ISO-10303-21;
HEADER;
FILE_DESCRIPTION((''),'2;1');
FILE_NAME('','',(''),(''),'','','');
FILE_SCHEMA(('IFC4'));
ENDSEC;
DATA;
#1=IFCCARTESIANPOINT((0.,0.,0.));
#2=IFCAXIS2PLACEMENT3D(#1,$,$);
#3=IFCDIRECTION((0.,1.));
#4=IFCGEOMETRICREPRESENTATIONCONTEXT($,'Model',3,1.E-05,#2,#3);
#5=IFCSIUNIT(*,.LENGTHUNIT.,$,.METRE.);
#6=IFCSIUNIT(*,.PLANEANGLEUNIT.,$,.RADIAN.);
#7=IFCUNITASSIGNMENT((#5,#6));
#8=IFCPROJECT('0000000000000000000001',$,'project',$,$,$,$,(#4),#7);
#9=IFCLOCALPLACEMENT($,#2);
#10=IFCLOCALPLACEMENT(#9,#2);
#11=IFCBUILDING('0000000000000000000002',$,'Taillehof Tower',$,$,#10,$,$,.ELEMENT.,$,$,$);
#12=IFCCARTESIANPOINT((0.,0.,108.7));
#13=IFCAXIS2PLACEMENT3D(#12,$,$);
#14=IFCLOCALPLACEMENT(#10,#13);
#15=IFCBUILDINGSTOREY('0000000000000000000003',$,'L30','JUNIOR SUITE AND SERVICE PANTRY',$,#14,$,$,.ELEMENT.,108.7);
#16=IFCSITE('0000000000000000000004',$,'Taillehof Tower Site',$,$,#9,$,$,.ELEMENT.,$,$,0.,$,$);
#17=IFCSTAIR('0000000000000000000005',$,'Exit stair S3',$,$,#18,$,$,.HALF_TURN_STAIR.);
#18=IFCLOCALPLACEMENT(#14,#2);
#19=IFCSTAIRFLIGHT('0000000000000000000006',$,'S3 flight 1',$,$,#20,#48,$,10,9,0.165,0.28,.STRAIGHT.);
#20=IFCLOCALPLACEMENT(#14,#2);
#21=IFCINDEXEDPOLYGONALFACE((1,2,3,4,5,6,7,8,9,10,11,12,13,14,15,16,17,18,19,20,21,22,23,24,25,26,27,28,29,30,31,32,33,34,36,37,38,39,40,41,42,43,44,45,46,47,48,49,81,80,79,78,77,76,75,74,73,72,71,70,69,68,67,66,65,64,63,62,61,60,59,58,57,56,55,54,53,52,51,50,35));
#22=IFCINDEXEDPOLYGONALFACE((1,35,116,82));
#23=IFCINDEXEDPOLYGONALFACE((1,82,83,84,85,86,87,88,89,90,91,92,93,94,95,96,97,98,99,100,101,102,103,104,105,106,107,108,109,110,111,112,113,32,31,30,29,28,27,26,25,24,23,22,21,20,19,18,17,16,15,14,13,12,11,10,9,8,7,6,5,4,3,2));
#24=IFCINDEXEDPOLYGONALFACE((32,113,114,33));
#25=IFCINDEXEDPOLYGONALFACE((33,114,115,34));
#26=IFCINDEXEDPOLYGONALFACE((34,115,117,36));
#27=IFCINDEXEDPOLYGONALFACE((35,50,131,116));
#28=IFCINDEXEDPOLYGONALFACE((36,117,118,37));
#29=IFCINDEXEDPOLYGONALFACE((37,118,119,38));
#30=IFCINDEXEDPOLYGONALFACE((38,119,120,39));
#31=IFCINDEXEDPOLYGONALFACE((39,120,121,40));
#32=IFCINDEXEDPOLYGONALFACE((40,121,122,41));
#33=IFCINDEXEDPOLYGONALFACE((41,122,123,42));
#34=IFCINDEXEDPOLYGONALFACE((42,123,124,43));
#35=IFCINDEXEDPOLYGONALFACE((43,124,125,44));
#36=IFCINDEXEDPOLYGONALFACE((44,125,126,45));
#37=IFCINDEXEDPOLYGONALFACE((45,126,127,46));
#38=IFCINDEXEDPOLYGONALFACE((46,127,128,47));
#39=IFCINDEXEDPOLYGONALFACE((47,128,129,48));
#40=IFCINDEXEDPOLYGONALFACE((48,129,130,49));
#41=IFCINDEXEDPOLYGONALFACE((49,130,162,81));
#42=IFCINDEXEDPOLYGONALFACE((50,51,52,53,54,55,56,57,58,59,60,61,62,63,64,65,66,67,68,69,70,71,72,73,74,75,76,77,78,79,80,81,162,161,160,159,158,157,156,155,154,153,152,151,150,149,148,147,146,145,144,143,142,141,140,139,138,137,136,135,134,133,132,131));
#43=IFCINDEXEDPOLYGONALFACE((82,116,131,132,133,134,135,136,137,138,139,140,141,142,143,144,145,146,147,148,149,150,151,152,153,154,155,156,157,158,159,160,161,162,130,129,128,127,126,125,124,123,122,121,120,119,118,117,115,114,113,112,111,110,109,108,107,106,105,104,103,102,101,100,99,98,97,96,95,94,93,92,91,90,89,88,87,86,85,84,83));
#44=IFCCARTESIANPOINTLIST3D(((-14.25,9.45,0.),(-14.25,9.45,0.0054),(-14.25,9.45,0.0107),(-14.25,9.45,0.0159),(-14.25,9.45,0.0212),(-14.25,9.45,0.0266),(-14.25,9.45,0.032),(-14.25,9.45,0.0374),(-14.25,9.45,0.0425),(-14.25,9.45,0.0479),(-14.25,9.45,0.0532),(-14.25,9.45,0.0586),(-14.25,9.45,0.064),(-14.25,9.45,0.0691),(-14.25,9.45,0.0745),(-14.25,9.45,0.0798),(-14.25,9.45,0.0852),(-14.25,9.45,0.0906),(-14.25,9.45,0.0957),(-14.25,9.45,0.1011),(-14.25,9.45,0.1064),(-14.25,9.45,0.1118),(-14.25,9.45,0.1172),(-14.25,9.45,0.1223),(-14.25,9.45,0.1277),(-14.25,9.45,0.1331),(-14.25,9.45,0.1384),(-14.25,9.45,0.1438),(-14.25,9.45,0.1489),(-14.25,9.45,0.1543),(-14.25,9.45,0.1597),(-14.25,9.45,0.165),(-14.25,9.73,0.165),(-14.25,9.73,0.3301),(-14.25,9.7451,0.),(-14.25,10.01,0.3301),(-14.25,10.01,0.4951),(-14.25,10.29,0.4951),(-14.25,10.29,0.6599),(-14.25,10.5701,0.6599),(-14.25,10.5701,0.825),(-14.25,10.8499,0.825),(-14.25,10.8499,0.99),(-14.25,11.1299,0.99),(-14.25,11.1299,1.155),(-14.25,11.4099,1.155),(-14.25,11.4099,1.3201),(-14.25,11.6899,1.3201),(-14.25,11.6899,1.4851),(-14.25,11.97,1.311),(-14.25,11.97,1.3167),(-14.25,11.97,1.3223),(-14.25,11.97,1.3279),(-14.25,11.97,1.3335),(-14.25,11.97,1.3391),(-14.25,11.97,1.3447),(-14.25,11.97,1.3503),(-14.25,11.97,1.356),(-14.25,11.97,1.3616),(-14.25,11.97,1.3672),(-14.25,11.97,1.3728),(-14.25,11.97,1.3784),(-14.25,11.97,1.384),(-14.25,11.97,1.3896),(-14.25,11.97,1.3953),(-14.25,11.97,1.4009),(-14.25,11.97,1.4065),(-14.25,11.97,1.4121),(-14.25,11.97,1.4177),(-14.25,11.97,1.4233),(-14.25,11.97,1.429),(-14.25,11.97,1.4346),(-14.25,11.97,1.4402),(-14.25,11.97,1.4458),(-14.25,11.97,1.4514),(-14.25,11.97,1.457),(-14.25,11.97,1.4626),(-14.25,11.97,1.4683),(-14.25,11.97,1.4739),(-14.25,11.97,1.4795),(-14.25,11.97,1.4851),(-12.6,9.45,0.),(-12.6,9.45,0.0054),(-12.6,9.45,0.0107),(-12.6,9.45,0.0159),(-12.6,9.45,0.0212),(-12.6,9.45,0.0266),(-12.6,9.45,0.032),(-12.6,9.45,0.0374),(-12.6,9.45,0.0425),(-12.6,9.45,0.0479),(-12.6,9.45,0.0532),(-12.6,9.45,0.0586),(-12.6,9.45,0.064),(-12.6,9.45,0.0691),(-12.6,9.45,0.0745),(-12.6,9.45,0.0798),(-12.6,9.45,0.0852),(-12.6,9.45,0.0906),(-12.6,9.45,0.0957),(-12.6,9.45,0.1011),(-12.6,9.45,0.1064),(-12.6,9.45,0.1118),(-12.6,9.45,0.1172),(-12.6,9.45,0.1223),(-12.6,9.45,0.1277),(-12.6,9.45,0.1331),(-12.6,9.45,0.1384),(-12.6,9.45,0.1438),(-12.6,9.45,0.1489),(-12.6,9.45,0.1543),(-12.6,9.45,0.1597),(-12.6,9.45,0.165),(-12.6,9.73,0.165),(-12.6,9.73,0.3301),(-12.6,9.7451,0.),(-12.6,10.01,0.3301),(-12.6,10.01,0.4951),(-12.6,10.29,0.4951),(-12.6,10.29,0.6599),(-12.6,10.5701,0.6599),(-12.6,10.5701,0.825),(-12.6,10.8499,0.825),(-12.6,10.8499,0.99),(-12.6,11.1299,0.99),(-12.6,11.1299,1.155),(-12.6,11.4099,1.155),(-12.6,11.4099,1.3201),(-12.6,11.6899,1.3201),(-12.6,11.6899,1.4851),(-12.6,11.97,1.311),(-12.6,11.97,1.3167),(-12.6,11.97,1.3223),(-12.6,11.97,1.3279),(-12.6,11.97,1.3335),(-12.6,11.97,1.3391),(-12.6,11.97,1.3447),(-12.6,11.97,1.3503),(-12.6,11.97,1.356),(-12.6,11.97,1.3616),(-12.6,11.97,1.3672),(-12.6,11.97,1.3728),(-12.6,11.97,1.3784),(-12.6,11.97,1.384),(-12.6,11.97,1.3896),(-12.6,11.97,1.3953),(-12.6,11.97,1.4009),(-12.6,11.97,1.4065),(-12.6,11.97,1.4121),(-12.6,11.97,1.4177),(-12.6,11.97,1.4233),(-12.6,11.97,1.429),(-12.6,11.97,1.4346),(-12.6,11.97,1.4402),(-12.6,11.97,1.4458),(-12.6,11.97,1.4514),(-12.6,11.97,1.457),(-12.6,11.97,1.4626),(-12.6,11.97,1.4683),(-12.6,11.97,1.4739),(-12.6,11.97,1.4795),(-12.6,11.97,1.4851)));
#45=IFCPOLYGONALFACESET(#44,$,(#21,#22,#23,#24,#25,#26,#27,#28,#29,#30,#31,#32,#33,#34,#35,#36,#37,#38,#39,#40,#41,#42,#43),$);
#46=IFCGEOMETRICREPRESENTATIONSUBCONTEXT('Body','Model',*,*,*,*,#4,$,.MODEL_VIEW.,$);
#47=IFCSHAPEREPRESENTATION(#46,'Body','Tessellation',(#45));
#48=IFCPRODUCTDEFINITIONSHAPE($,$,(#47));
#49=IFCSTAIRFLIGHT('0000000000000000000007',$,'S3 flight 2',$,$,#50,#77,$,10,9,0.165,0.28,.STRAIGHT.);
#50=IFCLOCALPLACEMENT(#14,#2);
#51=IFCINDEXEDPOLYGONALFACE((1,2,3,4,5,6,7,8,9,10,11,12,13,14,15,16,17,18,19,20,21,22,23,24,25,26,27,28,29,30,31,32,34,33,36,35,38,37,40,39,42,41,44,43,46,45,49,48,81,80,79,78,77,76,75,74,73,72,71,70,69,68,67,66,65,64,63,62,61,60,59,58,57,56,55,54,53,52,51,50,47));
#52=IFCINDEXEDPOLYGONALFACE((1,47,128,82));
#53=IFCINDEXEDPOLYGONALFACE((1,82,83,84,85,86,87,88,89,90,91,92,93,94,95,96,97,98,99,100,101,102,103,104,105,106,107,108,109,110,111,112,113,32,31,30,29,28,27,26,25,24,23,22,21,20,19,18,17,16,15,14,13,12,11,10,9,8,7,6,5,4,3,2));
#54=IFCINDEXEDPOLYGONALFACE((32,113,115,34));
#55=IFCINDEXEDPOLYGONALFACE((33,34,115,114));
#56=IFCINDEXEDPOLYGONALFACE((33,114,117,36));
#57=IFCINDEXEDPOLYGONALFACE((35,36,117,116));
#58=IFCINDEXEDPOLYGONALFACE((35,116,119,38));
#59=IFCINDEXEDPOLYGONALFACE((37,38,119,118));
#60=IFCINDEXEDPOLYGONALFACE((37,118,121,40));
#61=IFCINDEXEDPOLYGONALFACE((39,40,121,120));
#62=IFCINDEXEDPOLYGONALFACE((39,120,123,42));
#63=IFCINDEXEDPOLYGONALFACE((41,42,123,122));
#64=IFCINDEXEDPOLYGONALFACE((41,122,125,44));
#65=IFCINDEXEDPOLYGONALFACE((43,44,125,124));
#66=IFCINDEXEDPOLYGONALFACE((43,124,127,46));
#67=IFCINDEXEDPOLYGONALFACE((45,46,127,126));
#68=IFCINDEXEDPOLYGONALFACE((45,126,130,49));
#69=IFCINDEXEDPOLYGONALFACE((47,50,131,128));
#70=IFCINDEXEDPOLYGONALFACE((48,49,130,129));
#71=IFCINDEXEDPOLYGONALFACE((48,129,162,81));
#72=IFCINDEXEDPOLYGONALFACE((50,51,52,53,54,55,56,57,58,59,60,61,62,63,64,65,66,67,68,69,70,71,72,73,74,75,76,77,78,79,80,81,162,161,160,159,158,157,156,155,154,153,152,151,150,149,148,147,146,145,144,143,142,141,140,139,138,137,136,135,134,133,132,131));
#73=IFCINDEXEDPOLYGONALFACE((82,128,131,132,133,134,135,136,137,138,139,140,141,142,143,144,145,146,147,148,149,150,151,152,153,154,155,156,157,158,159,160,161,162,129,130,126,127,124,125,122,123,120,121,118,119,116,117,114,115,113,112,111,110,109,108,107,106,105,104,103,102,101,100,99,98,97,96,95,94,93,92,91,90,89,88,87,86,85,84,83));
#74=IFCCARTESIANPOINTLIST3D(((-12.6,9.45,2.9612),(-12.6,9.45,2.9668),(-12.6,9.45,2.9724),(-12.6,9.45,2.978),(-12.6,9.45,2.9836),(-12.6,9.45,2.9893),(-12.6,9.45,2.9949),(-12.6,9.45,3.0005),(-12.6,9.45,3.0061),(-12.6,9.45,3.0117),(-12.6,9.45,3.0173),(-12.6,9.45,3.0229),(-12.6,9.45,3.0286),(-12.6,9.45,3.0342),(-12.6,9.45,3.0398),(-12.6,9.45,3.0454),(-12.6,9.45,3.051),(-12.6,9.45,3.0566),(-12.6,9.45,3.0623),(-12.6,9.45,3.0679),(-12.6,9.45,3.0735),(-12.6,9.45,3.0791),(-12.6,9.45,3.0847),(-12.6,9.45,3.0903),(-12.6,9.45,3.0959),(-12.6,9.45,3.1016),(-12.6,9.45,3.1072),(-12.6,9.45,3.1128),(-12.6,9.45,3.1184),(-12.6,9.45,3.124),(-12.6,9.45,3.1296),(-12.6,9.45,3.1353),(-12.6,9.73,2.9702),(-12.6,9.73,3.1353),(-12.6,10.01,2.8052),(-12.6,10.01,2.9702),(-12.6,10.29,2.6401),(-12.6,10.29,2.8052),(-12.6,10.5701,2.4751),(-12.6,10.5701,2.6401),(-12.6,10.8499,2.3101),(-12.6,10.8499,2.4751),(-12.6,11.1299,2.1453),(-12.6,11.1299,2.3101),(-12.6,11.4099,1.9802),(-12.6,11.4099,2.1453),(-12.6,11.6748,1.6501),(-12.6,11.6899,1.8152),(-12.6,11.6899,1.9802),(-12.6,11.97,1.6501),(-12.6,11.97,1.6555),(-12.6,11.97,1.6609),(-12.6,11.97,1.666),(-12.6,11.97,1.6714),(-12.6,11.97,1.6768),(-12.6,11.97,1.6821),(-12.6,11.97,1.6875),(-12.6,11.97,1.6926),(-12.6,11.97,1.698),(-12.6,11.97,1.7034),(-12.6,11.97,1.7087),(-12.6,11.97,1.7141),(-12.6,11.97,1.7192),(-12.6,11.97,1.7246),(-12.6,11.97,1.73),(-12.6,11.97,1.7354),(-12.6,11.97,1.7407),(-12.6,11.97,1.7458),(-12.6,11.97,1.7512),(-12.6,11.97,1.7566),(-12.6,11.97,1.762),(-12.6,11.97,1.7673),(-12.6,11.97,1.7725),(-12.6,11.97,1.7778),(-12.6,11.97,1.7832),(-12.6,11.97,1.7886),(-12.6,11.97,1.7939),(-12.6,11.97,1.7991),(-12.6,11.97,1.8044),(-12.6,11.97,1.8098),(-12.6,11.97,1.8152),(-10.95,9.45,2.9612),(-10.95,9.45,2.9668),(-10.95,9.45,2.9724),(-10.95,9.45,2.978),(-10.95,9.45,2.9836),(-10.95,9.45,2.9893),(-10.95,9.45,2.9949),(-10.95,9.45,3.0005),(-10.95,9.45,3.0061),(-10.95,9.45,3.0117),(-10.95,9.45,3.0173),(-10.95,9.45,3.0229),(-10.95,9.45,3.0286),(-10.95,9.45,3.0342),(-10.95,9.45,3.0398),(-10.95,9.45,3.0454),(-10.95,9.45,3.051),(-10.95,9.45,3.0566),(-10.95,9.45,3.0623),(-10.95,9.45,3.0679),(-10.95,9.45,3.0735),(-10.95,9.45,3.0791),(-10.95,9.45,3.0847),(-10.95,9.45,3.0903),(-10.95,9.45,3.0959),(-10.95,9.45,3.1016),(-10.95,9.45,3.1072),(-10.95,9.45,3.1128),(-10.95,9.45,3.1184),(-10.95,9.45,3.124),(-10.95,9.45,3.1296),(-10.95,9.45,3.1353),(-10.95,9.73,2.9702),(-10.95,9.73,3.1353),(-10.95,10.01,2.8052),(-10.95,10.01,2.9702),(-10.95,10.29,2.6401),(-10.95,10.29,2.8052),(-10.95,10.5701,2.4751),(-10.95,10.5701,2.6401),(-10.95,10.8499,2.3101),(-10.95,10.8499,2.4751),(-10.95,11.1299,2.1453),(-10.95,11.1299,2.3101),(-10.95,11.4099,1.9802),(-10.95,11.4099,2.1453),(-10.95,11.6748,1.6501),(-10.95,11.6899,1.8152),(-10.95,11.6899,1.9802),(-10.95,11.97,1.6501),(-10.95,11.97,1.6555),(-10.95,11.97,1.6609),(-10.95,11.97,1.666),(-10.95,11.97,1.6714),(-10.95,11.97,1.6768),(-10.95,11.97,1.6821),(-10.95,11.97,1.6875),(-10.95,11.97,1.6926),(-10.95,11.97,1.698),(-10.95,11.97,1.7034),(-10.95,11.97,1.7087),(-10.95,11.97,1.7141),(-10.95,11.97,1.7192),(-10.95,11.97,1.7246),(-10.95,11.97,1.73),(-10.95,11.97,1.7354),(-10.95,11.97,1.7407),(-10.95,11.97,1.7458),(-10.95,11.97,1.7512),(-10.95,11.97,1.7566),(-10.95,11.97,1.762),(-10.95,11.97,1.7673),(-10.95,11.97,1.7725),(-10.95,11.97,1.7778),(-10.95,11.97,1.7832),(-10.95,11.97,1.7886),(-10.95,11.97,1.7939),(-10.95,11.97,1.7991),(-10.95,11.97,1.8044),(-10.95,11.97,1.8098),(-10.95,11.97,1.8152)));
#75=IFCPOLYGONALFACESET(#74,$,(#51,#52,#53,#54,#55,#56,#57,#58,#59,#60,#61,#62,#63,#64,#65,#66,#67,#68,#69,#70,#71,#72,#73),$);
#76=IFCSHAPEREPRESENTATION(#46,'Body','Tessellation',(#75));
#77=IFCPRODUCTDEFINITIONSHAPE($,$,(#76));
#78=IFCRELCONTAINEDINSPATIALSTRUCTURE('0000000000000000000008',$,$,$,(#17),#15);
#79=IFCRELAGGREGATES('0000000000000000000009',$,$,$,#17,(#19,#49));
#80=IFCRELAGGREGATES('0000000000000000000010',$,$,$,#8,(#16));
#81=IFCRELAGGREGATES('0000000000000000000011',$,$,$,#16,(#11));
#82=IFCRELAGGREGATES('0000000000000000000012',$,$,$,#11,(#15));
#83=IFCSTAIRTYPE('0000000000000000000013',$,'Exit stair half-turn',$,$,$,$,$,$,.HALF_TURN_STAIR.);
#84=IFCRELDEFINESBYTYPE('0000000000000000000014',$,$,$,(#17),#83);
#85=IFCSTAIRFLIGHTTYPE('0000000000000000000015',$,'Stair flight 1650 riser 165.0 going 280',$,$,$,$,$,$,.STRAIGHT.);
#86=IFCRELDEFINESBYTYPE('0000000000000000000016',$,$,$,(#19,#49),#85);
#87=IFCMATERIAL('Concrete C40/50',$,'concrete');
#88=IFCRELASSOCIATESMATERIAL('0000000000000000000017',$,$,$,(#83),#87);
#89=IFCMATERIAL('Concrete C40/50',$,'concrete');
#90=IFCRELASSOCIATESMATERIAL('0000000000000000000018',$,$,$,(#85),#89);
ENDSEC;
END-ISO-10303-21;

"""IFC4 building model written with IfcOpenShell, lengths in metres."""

from ifc_helpers import new_model, si_unit, direction, frame, origin, place, context, subcontext, project, spatial, polyline, outline, extrude, material, type_object, element, aggregate, save


model = new_model("IFC4")

# Units and contexts
model_context = context("Model", 3, precision=1e-05, world=origin(), true_north=direction((0.0, 1.0)))
body_context = subcontext(model_context, "Body", "Model", "MODEL_VIEW")
ifc_project = project(units=[si_unit("LENGTHUNIT", "METRE"), si_unit("PLANEANGLEUNIT", "RADIAN")], contexts=[model_context])

# Site, building, storey
site_placement = place(None, origin())
site = spatial("IfcSite", under=ifc_project, at=site_placement, Name="Taillehof Tower Site", CompositionType="ELEMENT", RefElevation=0.0)
building_placement = place(site_placement, origin())
building = spatial("IfcBuilding", under=site, at=building_placement, Name="Taillehof Tower", CompositionType="ELEMENT")
storey_placement = place(building_placement, frame((0.0, 0.0, 108.7)))
storey = spatial("IfcBuildingStorey", under=building, at=storey_placement, Name="L30", Description="JUNIOR SUITE AND SERVICE PANTRY", CompositionType="ELEMENT", Elevation=108.7)

# Stair, stair flights
ifc_material_1 = material(Name="Concrete C40/50", Category="concrete")
stair_type = type_object("IfcStairType", Name="Exit stair half-turn", PredefinedType="HALF_TURN_STAIR", material=ifc_material_1)
stair_placement = place(storey_placement, origin())
stair = element("IfcStair", 1, at=stair_placement, inside=storey, type_object=stair_type, Name="Exit stair S3", PredefinedType="HALF_TURN_STAIR")
ifc_material_2 = material(Name="Concrete C40/50", Category="concrete")
stair_flight_type = type_object("IfcStairFlightType", Name="Stair flight 1650 riser 165.0 going 280", PredefinedType="STRAIGHT", material=ifc_material_2)
stair_flight_1_placement = place(storey_placement, frame((-13.425, 9.45, 0.0), z_axis=(0.0, 0.0, 1.0), x_axis=(0.0, 1.0, 0.0)))
stair_flight_1 = element("IfcStairFlight", 2, at=stair_flight_1_placement, type_object=stair_flight_type, Name="S3 flight 1", NumberOfRisers=10, NumberOfTreads=9, PredefinedType="STRAIGHT", RiserHeight=0.165, TreadLength=0.28, context=body_context, shape_type="SweptSolid", body=[
    extrude(outline(polyline([(0.0, 0.0), (0.0, 0.0054), (0.0, 0.0107), (0.0, 0.0159), (0.0, 0.0212), (0.0, 0.0266), (0.0, 0.032), (0.0, 0.0374), (0.0, 0.0425), (0.0, 0.0479), (0.0, 0.0532), (0.0, 0.0586), (0.0, 0.064), (0.0, 0.0691), (0.0, 0.0745), (0.0, 0.0798), (0.0, 0.0852), (0.0, 0.0906), (0.0, 0.0957), (0.0, 0.1011), (0.0, 0.1064), (0.0, 0.1118), (0.0, 0.1172), (0.0, 0.1223), (0.0, 0.1277), (0.0, 0.1331), (0.0, 0.1384), (0.0, 0.1438), (0.0, 0.1489), (0.0, 0.1543), (0.0, 0.1597), (0.0, 0.165), (0.28, 0.165), (0.28, 0.3301), (0.5601, 0.3301), (0.5601, 0.4951), (0.8401, 0.4951), (0.8401, 0.6599), (1.1201, 0.6599), (1.1201, 0.825), (1.3999, 0.825), (1.3999, 0.99), (1.6799, 0.99), (1.6799, 1.155), (1.96, 1.155), (1.96, 1.3201), (2.24, 1.3201), (2.24, 1.4851), (2.52, 1.4851), (2.52, 1.4795), (2.52, 1.4739), (2.52, 1.4683), (2.52, 1.4626), (2.52, 1.457), (2.52, 1.4514), (2.52, 1.4458), (2.52, 1.4402), (2.52, 1.4346), (2.52, 1.429), (2.52, 1.4233), (2.52, 1.4177), (2.52, 1.4121), (2.52, 1.4065), (2.52, 1.4009), (2.52, 1.3953), (2.52, 1.3896), (2.52, 1.384), (2.52, 1.3784), (2.52, 1.3728), (2.52, 1.3672), (2.52, 1.3616), (2.52, 1.356), (2.52, 1.3503), (2.52, 1.3447), (2.52, 1.3391), (2.52, 1.3335), (2.52, 1.3279), (2.52, 1.3223), (2.52, 1.3167), (2.52, 1.311), (0.2952, 0.0), (0.0, 0.0)])), frame((0.0, 0.825, 0.0), z_axis=(0.0, -1.0, 0.0), x_axis=(1.0, 0.0, 0.0)), (0.0, 0.0, 1.0), 1.65),
])
stair_flight_2_placement = place(storey_placement, frame((-11.7749, 11.97, 1.6501), z_axis=(0.0, 0.0, 1.0), x_axis=(0.0, -1.0, 0.0)))
stair_flight_2 = element("IfcStairFlight", 3, at=stair_flight_2_placement, type_object=stair_flight_type, Name="S3 flight 2", NumberOfRisers=10, NumberOfTreads=9, PredefinedType="STRAIGHT", RiserHeight=0.165, TreadLength=0.28, context=body_context, shape_type="SweptSolid", body=[
    extrude(outline(polyline([(0.0, 0.0), (0.0, 0.0054), (0.0, 0.0107), (0.0, 0.0159), (0.0, 0.0212), (0.0, 0.0266), (0.0, 0.032), (0.0, 0.0374), (0.0, 0.0425), (0.0, 0.0479), (0.0, 0.0532), (0.0, 0.0586), (0.0, 0.064), (0.0, 0.0691), (0.0, 0.0745), (0.0, 0.0798), (0.0, 0.0852), (0.0, 0.0906), (0.0, 0.0957), (0.0, 0.1011), (0.0, 0.1064), (0.0, 0.1118), (0.0, 0.1172), (0.0, 0.1223), (0.0, 0.1277), (0.0, 0.1331), (0.0, 0.1384), (0.0, 0.1438), (0.0, 0.1489), (0.0, 0.1543), (0.0, 0.1597), (0.0, 0.165), (0.28, 0.165), (0.28, 0.3301), (0.5601, 0.3301), (0.5601, 0.4951), (0.8401, 0.4951), (0.8401, 0.6599), (1.1201, 0.6599), (1.1201, 0.825), (1.3999, 0.825), (1.3999, 0.99), (1.6799, 0.99), (1.6799, 1.155), (1.96, 1.155), (1.96, 1.3201), (2.24, 1.3201), (2.24, 1.4851), (2.52, 1.4851), (2.52, 1.4795), (2.52, 1.4739), (2.52, 1.4683), (2.52, 1.4626), (2.52, 1.457), (2.52, 1.4514), (2.52, 1.4458), (2.52, 1.4402), (2.52, 1.4346), (2.52, 1.429), (2.52, 1.4233), (2.52, 1.4177), (2.52, 1.4121), (2.52, 1.4065), (2.52, 1.4009), (2.52, 1.3953), (2.52, 1.3896), (2.52, 1.384), (2.52, 1.3784), (2.52, 1.3728), (2.52, 1.3672), (2.52, 1.3616), (2.52, 1.356), (2.52, 1.3503), (2.52, 1.3447), (2.52, 1.3391), (2.52, 1.3335), (2.52, 1.3279), (2.52, 1.3223), (2.52, 1.3167), (2.52, 1.311), (0.2952, 0.0), (0.0, 0.0)])), frame((0.0, 0.825, 0.0), z_axis=(0.0, -1.0, 0.0), x_axis=(1.0, 0.0, 0.0)), (0.0, 0.0, 1.0), 1.65),
])
aggregate(stair, [stair_flight_1, stair_flight_2])

save(model, "model.ifc")
